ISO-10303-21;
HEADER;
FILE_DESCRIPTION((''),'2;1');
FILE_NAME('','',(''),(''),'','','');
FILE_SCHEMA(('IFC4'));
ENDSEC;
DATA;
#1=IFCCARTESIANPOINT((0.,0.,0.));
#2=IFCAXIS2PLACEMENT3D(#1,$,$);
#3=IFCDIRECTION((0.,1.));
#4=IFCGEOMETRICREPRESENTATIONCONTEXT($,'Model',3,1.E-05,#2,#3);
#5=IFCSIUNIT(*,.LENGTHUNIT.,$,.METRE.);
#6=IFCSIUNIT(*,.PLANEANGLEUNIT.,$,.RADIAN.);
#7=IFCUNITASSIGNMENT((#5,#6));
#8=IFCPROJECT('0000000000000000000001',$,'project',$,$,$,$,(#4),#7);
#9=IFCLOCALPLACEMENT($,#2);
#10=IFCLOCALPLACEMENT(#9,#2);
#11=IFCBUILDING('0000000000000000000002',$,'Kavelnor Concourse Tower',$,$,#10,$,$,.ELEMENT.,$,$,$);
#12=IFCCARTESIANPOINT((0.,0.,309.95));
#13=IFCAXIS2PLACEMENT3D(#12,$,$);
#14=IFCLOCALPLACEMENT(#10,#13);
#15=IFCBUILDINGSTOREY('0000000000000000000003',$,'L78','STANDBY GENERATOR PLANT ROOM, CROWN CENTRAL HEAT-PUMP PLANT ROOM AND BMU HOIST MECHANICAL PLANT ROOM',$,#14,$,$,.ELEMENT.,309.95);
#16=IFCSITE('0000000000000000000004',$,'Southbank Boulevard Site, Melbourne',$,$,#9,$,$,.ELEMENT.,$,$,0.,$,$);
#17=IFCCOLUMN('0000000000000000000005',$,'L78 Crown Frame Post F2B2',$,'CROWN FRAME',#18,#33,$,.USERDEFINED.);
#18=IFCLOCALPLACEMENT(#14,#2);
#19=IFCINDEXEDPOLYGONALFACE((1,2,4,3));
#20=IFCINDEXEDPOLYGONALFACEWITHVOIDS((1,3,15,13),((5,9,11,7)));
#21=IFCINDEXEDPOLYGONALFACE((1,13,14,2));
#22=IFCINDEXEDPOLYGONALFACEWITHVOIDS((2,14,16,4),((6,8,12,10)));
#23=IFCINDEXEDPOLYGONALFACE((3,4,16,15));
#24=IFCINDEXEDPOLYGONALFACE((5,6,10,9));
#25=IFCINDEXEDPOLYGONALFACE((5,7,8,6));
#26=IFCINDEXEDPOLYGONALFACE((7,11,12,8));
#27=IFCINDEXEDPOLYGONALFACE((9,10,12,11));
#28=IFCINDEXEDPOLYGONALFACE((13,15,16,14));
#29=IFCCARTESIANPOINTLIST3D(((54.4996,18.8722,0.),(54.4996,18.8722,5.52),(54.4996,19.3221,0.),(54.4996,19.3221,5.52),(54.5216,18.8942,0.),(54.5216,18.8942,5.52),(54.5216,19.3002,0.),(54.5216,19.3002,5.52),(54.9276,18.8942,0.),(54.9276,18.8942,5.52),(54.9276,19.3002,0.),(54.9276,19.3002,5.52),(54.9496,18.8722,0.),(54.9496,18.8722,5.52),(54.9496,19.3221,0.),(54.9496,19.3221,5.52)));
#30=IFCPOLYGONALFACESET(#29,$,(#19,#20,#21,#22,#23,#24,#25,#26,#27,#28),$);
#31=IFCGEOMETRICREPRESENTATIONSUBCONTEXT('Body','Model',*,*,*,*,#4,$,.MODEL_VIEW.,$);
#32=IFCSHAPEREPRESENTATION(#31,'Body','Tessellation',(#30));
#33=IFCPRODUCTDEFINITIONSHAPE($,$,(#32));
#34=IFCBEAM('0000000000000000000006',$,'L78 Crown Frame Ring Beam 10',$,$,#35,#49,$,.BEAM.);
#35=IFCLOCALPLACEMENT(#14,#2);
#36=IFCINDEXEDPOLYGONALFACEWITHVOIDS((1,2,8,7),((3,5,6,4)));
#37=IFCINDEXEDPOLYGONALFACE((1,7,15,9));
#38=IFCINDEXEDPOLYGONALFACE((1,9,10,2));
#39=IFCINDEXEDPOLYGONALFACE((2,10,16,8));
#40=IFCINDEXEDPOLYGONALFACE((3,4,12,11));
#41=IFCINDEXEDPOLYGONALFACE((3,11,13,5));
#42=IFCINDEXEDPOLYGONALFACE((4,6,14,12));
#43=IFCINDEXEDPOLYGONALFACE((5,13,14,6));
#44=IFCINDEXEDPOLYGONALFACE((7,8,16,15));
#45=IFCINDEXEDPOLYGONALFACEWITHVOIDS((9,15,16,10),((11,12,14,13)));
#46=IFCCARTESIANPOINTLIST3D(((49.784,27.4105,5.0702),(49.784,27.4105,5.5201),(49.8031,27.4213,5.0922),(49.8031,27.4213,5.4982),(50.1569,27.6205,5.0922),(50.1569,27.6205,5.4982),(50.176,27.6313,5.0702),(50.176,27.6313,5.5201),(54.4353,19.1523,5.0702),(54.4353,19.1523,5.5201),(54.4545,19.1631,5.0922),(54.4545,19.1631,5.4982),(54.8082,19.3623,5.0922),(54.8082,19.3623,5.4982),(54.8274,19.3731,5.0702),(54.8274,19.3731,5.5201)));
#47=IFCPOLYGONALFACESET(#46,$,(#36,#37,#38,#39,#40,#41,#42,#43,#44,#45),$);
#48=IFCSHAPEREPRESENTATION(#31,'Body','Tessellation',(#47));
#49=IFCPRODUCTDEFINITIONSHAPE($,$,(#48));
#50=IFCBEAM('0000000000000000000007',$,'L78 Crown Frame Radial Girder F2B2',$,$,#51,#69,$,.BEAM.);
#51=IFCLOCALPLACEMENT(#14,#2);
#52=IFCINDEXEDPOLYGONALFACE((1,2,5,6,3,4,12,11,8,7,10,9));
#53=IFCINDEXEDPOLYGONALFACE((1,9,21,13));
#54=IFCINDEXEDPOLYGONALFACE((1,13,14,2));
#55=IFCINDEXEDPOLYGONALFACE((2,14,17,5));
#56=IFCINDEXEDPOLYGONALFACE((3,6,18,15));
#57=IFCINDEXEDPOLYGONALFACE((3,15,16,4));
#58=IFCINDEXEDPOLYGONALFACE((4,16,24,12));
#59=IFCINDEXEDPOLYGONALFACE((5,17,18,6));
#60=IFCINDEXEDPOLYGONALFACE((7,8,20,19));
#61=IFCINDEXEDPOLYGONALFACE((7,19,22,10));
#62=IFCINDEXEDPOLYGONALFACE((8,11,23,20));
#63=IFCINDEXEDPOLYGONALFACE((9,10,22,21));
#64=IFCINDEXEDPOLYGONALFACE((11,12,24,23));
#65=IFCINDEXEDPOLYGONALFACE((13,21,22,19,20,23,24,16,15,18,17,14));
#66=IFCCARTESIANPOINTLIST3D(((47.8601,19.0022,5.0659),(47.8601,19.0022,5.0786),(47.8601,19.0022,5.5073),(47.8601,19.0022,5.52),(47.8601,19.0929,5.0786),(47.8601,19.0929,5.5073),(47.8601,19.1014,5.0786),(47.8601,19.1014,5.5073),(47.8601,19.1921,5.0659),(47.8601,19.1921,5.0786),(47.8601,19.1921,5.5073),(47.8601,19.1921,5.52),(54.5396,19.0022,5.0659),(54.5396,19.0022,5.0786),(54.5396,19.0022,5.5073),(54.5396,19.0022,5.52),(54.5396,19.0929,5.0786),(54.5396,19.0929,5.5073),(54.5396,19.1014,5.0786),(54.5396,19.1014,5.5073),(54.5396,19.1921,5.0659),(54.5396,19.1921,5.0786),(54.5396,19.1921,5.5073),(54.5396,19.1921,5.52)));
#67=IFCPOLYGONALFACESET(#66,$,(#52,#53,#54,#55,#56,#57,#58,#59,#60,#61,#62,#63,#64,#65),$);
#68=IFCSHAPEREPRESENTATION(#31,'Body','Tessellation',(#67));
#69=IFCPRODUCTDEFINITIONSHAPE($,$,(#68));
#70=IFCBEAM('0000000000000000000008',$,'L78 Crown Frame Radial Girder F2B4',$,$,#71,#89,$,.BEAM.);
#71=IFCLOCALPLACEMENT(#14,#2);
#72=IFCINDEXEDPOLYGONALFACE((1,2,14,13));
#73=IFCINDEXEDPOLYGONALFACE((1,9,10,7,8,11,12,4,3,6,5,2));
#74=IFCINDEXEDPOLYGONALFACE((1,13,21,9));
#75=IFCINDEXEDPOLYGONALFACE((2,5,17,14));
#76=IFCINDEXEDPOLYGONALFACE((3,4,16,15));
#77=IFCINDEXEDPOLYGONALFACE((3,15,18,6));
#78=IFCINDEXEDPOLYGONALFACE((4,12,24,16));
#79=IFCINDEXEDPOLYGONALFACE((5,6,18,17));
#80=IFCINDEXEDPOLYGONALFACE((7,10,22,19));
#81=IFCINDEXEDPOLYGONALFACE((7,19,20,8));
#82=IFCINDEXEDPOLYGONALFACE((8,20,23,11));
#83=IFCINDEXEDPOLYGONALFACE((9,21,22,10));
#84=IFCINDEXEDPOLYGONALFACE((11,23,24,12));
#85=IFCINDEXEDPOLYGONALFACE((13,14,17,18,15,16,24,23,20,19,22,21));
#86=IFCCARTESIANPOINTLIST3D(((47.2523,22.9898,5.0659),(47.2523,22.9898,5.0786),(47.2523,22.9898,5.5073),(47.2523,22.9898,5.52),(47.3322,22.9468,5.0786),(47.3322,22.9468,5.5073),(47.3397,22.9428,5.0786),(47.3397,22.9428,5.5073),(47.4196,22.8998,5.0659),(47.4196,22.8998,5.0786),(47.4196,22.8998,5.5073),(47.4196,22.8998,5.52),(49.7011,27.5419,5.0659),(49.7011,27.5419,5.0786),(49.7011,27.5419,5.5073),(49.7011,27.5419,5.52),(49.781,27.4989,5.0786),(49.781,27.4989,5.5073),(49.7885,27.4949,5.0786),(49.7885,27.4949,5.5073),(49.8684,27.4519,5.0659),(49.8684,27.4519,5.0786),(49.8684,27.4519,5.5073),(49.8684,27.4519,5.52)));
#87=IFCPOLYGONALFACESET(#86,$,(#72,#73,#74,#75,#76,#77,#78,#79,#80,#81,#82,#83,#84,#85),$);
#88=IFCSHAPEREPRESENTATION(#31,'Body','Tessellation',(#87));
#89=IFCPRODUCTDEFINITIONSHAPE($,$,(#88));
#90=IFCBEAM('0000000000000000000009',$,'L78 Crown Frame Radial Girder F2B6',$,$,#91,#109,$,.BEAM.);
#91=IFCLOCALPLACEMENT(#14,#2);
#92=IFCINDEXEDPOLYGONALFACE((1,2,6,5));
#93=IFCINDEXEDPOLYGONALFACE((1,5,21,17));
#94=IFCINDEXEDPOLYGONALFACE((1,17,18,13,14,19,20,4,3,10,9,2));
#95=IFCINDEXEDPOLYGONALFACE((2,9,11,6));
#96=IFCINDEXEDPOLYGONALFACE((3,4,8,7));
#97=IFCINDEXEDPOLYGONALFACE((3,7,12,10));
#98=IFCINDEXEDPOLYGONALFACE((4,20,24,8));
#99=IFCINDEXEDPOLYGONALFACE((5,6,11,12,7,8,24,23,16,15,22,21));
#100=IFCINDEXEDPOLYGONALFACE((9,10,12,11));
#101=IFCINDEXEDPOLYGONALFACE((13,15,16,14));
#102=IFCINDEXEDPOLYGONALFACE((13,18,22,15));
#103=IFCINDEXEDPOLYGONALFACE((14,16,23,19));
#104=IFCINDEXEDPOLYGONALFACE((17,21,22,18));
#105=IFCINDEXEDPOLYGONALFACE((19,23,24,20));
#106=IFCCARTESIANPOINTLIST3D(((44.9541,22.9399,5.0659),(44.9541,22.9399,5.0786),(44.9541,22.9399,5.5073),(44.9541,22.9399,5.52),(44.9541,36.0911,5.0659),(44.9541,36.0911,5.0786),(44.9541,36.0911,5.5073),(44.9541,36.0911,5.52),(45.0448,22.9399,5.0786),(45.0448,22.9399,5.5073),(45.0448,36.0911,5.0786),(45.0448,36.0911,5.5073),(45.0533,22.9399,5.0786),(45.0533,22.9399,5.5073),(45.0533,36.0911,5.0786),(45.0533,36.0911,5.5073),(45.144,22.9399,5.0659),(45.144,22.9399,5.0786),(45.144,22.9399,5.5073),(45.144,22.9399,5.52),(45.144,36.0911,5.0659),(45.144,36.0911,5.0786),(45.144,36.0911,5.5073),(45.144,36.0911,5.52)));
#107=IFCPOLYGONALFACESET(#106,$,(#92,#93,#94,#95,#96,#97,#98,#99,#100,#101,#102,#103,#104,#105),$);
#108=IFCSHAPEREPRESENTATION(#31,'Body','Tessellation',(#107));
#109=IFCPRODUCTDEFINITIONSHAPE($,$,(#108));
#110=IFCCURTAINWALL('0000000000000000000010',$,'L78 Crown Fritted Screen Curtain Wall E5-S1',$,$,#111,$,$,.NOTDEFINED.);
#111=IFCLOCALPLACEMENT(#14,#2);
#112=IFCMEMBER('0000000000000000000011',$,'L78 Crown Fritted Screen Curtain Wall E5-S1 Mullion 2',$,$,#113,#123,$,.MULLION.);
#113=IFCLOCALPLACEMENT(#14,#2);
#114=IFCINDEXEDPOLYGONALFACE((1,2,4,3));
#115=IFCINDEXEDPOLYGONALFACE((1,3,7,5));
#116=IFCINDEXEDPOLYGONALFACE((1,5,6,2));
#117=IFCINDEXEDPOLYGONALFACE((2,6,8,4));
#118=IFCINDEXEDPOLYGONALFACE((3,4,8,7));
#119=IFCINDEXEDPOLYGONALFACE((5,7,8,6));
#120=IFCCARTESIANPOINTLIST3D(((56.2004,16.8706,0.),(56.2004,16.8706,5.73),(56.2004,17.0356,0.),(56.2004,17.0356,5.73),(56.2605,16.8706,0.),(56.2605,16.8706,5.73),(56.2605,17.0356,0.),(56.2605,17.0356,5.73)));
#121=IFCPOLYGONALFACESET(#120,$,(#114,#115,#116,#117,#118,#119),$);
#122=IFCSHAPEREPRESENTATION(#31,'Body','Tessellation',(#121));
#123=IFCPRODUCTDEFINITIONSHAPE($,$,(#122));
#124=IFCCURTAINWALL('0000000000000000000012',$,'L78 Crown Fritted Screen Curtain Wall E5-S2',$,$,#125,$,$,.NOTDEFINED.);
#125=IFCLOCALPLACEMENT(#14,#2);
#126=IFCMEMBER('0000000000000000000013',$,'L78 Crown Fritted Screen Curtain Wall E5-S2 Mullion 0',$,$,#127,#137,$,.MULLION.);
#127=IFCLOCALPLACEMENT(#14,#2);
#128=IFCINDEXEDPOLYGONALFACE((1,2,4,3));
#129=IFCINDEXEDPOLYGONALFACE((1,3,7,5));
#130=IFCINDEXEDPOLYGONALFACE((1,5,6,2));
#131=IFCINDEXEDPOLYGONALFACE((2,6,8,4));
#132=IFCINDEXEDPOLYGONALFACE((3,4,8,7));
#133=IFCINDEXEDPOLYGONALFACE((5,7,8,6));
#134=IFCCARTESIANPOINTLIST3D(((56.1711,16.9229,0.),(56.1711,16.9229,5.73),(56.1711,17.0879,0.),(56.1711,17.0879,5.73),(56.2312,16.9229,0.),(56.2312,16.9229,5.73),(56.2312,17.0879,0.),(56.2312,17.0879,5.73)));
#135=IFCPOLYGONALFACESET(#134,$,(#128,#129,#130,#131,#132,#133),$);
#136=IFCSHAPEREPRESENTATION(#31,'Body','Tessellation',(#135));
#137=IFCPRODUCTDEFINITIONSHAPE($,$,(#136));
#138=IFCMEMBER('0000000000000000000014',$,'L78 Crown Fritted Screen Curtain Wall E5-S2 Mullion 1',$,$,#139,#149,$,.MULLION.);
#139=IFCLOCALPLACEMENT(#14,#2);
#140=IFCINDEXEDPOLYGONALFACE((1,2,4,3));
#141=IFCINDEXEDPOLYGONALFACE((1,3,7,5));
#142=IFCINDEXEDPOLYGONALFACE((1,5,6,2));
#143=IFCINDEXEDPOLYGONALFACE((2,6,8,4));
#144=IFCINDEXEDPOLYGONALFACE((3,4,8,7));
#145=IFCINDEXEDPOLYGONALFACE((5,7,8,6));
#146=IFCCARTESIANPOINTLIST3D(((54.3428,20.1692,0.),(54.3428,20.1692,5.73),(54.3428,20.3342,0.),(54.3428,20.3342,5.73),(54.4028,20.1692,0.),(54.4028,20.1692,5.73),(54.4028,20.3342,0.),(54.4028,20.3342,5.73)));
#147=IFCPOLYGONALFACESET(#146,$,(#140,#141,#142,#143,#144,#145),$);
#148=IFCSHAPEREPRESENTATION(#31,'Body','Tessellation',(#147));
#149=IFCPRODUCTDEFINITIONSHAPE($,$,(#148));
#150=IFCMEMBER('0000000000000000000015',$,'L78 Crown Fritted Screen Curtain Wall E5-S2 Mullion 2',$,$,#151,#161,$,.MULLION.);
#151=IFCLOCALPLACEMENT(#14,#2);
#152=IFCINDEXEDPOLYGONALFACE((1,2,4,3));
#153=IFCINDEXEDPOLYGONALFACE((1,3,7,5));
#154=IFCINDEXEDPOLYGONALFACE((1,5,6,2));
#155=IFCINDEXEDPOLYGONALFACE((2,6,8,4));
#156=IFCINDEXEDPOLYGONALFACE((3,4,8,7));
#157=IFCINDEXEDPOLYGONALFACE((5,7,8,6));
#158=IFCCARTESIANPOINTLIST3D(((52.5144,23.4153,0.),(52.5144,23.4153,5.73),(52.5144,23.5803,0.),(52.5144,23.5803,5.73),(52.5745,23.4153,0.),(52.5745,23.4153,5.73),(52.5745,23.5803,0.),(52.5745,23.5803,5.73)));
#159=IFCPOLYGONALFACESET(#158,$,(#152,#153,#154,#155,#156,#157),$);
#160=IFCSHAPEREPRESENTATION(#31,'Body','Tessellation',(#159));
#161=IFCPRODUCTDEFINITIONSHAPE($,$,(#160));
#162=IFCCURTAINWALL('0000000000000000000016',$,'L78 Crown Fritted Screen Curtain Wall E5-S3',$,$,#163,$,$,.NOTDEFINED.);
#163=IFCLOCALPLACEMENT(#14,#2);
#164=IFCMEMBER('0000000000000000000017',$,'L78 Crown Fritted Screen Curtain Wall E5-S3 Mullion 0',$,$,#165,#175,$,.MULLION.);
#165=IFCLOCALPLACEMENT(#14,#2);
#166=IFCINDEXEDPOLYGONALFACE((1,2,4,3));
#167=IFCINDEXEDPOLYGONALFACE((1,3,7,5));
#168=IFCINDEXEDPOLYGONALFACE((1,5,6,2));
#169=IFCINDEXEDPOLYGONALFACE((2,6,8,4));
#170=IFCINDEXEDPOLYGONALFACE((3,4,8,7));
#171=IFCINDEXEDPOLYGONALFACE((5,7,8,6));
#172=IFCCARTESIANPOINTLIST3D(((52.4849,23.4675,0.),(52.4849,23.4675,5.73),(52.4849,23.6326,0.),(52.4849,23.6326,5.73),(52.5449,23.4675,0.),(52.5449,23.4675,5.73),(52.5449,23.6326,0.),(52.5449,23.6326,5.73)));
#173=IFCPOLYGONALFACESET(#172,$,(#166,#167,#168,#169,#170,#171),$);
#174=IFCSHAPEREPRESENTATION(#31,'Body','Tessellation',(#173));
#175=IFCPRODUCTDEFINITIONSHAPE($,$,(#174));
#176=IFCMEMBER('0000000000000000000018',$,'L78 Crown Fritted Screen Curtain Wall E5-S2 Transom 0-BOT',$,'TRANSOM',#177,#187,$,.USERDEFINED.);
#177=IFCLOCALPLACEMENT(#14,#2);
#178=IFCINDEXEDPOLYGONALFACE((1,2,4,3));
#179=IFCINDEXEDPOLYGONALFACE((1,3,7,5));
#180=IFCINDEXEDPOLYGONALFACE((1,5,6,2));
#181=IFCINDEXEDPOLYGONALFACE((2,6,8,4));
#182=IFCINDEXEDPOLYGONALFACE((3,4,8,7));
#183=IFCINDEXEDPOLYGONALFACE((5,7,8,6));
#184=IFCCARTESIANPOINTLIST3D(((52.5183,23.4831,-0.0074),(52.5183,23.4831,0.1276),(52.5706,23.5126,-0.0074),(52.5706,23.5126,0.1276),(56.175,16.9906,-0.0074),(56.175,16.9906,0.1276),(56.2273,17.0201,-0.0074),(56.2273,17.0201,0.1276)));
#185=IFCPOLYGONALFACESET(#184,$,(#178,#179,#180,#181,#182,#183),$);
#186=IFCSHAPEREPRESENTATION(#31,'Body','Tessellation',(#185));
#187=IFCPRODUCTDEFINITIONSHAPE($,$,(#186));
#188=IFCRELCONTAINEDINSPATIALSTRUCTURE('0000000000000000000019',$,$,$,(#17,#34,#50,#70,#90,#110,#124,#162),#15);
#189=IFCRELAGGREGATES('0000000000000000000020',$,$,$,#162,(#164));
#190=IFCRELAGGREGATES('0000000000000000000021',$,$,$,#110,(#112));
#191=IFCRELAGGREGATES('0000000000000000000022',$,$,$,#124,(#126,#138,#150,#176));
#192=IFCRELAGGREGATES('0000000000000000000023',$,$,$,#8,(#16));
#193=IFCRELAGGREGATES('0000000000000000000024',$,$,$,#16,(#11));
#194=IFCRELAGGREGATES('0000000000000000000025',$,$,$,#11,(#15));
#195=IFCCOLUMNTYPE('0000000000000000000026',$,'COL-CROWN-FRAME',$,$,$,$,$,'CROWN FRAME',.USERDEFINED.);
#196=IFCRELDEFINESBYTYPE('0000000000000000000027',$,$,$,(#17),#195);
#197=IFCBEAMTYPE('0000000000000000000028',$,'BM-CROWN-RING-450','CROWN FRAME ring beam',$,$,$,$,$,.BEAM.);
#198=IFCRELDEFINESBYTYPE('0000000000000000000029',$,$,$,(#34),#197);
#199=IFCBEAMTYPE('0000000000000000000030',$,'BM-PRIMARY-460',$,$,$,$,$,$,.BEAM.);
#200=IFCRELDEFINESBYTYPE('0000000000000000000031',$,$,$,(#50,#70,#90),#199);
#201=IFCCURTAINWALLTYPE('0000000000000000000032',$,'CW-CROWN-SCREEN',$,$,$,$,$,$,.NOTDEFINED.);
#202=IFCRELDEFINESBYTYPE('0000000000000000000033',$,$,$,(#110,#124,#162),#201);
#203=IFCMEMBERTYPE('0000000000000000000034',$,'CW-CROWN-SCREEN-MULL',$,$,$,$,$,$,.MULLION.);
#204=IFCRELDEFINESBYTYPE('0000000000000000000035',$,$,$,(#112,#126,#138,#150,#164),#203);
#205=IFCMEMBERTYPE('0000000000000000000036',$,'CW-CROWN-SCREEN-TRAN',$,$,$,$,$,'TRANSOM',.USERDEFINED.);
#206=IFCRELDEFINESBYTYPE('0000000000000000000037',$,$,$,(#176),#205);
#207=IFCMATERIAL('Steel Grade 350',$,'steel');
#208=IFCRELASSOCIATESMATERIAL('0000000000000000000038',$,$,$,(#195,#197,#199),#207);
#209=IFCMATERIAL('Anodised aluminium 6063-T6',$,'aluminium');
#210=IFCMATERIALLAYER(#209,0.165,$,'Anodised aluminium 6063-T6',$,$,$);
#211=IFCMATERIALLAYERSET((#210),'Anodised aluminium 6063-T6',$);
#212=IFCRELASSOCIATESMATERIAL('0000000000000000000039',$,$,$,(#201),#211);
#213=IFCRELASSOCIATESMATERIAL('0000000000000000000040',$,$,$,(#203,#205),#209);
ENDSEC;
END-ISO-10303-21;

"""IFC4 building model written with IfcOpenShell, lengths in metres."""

from ifc_helpers import new_model, si_unit, direction, frame, origin, origin_2d, place, context, subcontext, project, spatial, rectangle, hollow_rectangle, i_section, extrude, material, layer, layer_set, material_profile, profile_set, type_object, element, aggregate, save


model = new_model("IFC4")

# Units and contexts
model_context = context("Model", 3, precision=1e-05, world=origin(), true_north=direction((0.0, 1.0)))
body_context = subcontext(model_context, "Body", "Model", "MODEL_VIEW")
ifc_project = project(units=[si_unit("LENGTHUNIT", "METRE"), si_unit("PLANEANGLEUNIT", "RADIAN")], contexts=[model_context])

# Site, building, storey
site_placement = place(None, origin())
site = spatial("IfcSite", under=ifc_project, at=site_placement, Name="Southbank Boulevard Site, Melbourne", CompositionType="ELEMENT", RefElevation=0.0)
building_placement = place(site_placement, origin())
building = spatial("IfcBuilding", under=site, at=building_placement, Name="Kavelnor Concourse Tower", CompositionType="ELEMENT")
storey_placement = place(building_placement, frame((0.0, 0.0, 309.95)))
storey = spatial("IfcBuildingStorey", under=building, at=storey_placement, Name="L78", Description="STANDBY GENERATOR PLANT ROOM, CROWN CENTRAL HEAT-PUMP PLANT ROOM AND BMU HOIST MECHANICAL PLANT ROOM", CompositionType="ELEMENT", Elevation=309.95)

# Column
ifc_material_1 = material(Name="Steel Grade 350", Category="steel")
ifc_material_profile_1 = material_profile(ifc_material_1, hollow_rectangle(XDim=0.45, YDim=0.45, WallThickness=0.022, at=origin_2d()), Name="SHS 450x450x22")
ifc_profile_set_1 = profile_set([ifc_material_profile_1], Name="Steel Grade 350")
column_type = type_object("IfcColumnType", Name="COL-CROWN-FRAME", ElementType="CROWN FRAME", PredefinedType="USERDEFINED", material=ifc_profile_set_1)
column_placement = place(storey_placement, frame((54.7246, 19.0972, 0.0), z_axis=(0.0, 0.0, 1.0), x_axis=(1.0, 0.0, 0.0)))
element("IfcColumn", 1, at=column_placement, inside=storey, type_object=column_type, Name="L78 Crown Frame Post F2B2", ObjectType="CROWN FRAME", PredefinedType="USERDEFINED", context=body_context, shape_type="SweptSolid", body=[
    extrude(hollow_rectangle(XDim=0.45, YDim=0.45, WallThickness=0.022, at=origin_2d()), origin(), (0.0, 0.0, 1.0), 5.52),
])

# Beams
ifc_material_profile_2 = material_profile(ifc_material_1, hollow_rectangle(XDim=0.45, YDim=0.45, WallThickness=0.022, at=origin_2d()), Name="RHS 450x450x22")
ifc_profile_set_2 = profile_set([ifc_material_profile_2], Name="Steel Grade 350")
beam_type_1 = type_object("IfcBeamType", Name="BM-CROWN-RING-450", Description="CROWN FRAME ring beam", PredefinedType="BEAM", material=ifc_profile_set_2)
beam_1_placement = place(storey_placement, frame((54.6313, 19.2627, 5.2952), z_axis=(-0.490748, 0.871302, 0.0), x_axis=(-0.871302, -0.490748, 0.0)))
element("IfcBeam", 2, at=beam_1_placement, inside=storey, type_object=beam_type_1, Name="L78 Crown Frame Ring Beam 10", PredefinedType="BEAM", context=body_context, shape_type="SweptSolid", body=[
    extrude(hollow_rectangle(XDim=0.45, YDim=0.45, WallThickness=0.022, at=origin_2d()), origin(), (0.0, 0.0, 1.0), 9.478),
])
ifc_material_profile_3 = material_profile(ifc_material_1, i_section(OverallWidth=0.1899, OverallDepth=0.4541, WebThickness=0.0085, FlangeThickness=0.0127, at=origin_2d()), Name="460UB67")
ifc_profile_set_3 = profile_set([ifc_material_profile_3], Name="Steel Grade 350")
beam_type_2 = type_object("IfcBeamType", Name="BM-PRIMARY-460", PredefinedType="BEAM", material=ifc_profile_set_3)
beam_2_placement = place(storey_placement, frame((47.8601, 19.0972, 5.293), z_axis=(1.0, 0.0, 0.0), x_axis=(0.0, 1.0, 0.0)))
element("IfcBeam", 3, at=beam_2_placement, inside=storey, type_object=beam_type_2, Name="L78 Crown Frame Radial Girder F2B2", PredefinedType="BEAM", context=body_context, shape_type="SweptSolid", body=[
    extrude(i_section(OverallWidth=0.1899, OverallDepth=0.4541, WebThickness=0.0085, FlangeThickness=0.0127, at=origin_2d()), origin(), (0.0, 0.0, 1.0), 6.6794),
])
beam_3_placement = place(storey_placement, frame((47.3359, 22.9448, 5.293), z_axis=(0.473748, 0.880661, 0.0), x_axis=(-0.880661, 0.473748, 0.0)))
element("IfcBeam", 4, at=beam_3_placement, inside=storey, type_object=beam_type_2, Name="L78 Crown Frame Radial Girder F2B4", PredefinedType="BEAM", context=body_context, shape_type="SweptSolid", body=[
    extrude(i_section(OverallWidth=0.1899, OverallDepth=0.4541, WebThickness=0.0085, FlangeThickness=0.0127, at=origin_2d()), origin(), (0.0, 0.0, 1.0), 5.1689),
])
beam_4_placement = place(storey_placement, frame((45.0491, 22.9399, 5.293), z_axis=(0.0, 1.0, 0.0), x_axis=(-1.0, 0.0, 0.0)))
element("IfcBeam", 5, at=beam_4_placement, inside=storey, type_object=beam_type_2, Name="L78 Crown Frame Radial Girder F2B6", PredefinedType="BEAM", context=body_context, shape_type="SweptSolid", body=[
    extrude(i_section(OverallWidth=0.1899, OverallDepth=0.4541, WebThickness=0.0085, FlangeThickness=0.0127, at=origin_2d()), origin(), (0.0, 0.0, 1.0), 13.1511),
])

# Curtain wall, member
ifc_material_2 = material(Name="Anodised aluminium 6063-T6", Category="aluminium")
ifc_layer_1 = layer(ifc_material_2, 0.165, Name="Anodised aluminium 6063-T6")
ifc_layer_set_1 = layer_set([ifc_layer_1], Name="Anodised aluminium 6063-T6")
curtain_wall_type = type_object("IfcCurtainWallType", Name="CW-CROWN-SCREEN", PredefinedType="NOTDEFINED", material=ifc_layer_set_1)
curtain_wall_1_placement = place(storey_placement, origin())
curtain_wall_1 = element("IfcCurtainWall", 6, at=curtain_wall_1_placement, inside=storey, type_object=curtain_wall_type, Name="L78 Crown Fritted Screen Curtain Wall E5-S1", PredefinedType="NOTDEFINED")
ifc_material_profile_4 = material_profile(ifc_material_2, rectangle(XDim=0.0601, YDim=0.165, at=origin_2d()), Name="AL-MULL 60x165")
ifc_profile_set_4 = profile_set([ifc_material_profile_4], Name="Anodised aluminium 6063-T6")
member_type_1 = type_object("IfcMemberType", Name="CW-CROWN-SCREEN-MULL", PredefinedType="MULLION", material=ifc_profile_set_4)
member_1_placement = place(storey_placement, frame((56.2305, 16.9531, 0.0), z_axis=(0.0, 0.0, 1.0), x_axis=(1.0, 0.0, 0.0)))
member_1 = element("IfcMember", 7, at=member_1_placement, type_object=member_type_1, Name="L78 Crown Fritted Screen Curtain Wall E5-S1 Mullion 2", PredefinedType="MULLION", context=body_context, shape_type="SweptSolid", body=[
    extrude(rectangle(XDim=0.0601, YDim=0.165, at=origin_2d()), origin(), (0.0, 0.0, 1.0), 5.73),
])

# Curtain wall, members
curtain_wall_2_placement = place(storey_placement, origin())
curtain_wall_2 = element("IfcCurtainWall", 8, at=curtain_wall_2_placement, inside=storey, type_object=curtain_wall_type, Name="L78 Crown Fritted Screen Curtain Wall E5-S2", PredefinedType="NOTDEFINED")
member_2_placement = place(storey_placement, frame((56.2012, 17.0054, 0.0), z_axis=(0.0, 0.0, 1.0), x_axis=(1.0, 0.0, 0.0)))
member_2 = element("IfcMember", 9, at=member_2_placement, type_object=member_type_1, Name="L78 Crown Fritted Screen Curtain Wall E5-S2 Mullion 0", PredefinedType="MULLION", context=body_context, shape_type="SweptSolid", body=[
    extrude(rectangle(XDim=0.0601, YDim=0.165, at=origin_2d()), origin(), (0.0, 0.0, 1.0), 5.73),
])
member_3_placement = place(storey_placement, frame((54.3728, 20.2517, 0.0), z_axis=(0.0, 0.0, 1.0), x_axis=(1.0, 0.0, 0.0)))
member_3 = element("IfcMember", 10, at=member_3_placement, type_object=member_type_1, Name="L78 Crown Fritted Screen Curtain Wall E5-S2 Mullion 1", PredefinedType="MULLION", context=body_context, shape_type="SweptSolid", body=[
    extrude(rectangle(XDim=0.0601, YDim=0.165, at=origin_2d()), origin(), (0.0, 0.0, 1.0), 5.73),
])
member_4_placement = place(storey_placement, frame((52.5444, 23.4978, 0.0), z_axis=(0.0, 0.0, 1.0), x_axis=(1.0, 0.0, 0.0)))
member_4 = element("IfcMember", 11, at=member_4_placement, type_object=member_type_1, Name="L78 Crown Fritted Screen Curtain Wall E5-S2 Mullion 2", PredefinedType="MULLION", context=body_context, shape_type="SweptSolid", body=[
    extrude(rectangle(XDim=0.0601, YDim=0.165, at=origin_2d()), origin(), (0.0, 0.0, 1.0), 5.73),
])

# Curtain wall, member
curtain_wall_3_placement = place(storey_placement, origin())
curtain_wall_3 = element("IfcCurtainWall", 12, at=curtain_wall_3_placement, inside=storey, type_object=curtain_wall_type, Name="L78 Crown Fritted Screen Curtain Wall E5-S3", PredefinedType="NOTDEFINED")
member_5_placement = place(storey_placement, frame((52.5149, 23.55, 0.0), z_axis=(0.0, 0.0, 1.0), x_axis=(1.0, 0.0, 0.0)))
member_5 = element("IfcMember", 13, at=member_5_placement, type_object=member_type_1, Name="L78 Crown Fritted Screen Curtain Wall E5-S3 Mullion 0", PredefinedType="MULLION", context=body_context, shape_type="SweptSolid", body=[
    extrude(rectangle(XDim=0.0601, YDim=0.165, at=origin_2d()), origin(), (0.0, 0.0, 1.0), 5.73),
])

# Member
ifc_material_profile_5 = material_profile(ifc_material_2, rectangle(XDim=0.0601, YDim=0.135, at=origin_2d()), Name="AL-TRAN 60x135")
ifc_profile_set_5 = profile_set([ifc_material_profile_5], Name="Anodised aluminium 6063-T6")
member_type_2 = type_object("IfcMemberType", Name="CW-CROWN-SCREEN-TRAN", ElementType="TRANSOM", PredefinedType="USERDEFINED", material=ifc_profile_set_5)
member_6_placement = place(storey_placement, frame((56.2012, 17.0054, 0.0601), z_axis=(-0.490745, 0.871303, 0.0), x_axis=(-0.871303, -0.490745, 0.0)))
member_6 = element("IfcMember", 14, at=member_6_placement, type_object=member_type_2, Name="L78 Crown Fritted Screen Curtain Wall E5-S2 Transom 0-BOT", ObjectType="TRANSOM", PredefinedType="USERDEFINED", context=body_context, shape_type="SweptSolid", body=[
    extrude(rectangle(XDim=0.0601, YDim=0.135, at=origin_2d()), origin(), (0.0, 0.0, 1.0), 7.4514),
])
aggregate(curtain_wall_3, [member_5])

aggregate(curtain_wall_1, [member_1])
aggregate(curtain_wall_2, [member_2, member_3, member_4, member_6])

save(model, "model.ifc")
